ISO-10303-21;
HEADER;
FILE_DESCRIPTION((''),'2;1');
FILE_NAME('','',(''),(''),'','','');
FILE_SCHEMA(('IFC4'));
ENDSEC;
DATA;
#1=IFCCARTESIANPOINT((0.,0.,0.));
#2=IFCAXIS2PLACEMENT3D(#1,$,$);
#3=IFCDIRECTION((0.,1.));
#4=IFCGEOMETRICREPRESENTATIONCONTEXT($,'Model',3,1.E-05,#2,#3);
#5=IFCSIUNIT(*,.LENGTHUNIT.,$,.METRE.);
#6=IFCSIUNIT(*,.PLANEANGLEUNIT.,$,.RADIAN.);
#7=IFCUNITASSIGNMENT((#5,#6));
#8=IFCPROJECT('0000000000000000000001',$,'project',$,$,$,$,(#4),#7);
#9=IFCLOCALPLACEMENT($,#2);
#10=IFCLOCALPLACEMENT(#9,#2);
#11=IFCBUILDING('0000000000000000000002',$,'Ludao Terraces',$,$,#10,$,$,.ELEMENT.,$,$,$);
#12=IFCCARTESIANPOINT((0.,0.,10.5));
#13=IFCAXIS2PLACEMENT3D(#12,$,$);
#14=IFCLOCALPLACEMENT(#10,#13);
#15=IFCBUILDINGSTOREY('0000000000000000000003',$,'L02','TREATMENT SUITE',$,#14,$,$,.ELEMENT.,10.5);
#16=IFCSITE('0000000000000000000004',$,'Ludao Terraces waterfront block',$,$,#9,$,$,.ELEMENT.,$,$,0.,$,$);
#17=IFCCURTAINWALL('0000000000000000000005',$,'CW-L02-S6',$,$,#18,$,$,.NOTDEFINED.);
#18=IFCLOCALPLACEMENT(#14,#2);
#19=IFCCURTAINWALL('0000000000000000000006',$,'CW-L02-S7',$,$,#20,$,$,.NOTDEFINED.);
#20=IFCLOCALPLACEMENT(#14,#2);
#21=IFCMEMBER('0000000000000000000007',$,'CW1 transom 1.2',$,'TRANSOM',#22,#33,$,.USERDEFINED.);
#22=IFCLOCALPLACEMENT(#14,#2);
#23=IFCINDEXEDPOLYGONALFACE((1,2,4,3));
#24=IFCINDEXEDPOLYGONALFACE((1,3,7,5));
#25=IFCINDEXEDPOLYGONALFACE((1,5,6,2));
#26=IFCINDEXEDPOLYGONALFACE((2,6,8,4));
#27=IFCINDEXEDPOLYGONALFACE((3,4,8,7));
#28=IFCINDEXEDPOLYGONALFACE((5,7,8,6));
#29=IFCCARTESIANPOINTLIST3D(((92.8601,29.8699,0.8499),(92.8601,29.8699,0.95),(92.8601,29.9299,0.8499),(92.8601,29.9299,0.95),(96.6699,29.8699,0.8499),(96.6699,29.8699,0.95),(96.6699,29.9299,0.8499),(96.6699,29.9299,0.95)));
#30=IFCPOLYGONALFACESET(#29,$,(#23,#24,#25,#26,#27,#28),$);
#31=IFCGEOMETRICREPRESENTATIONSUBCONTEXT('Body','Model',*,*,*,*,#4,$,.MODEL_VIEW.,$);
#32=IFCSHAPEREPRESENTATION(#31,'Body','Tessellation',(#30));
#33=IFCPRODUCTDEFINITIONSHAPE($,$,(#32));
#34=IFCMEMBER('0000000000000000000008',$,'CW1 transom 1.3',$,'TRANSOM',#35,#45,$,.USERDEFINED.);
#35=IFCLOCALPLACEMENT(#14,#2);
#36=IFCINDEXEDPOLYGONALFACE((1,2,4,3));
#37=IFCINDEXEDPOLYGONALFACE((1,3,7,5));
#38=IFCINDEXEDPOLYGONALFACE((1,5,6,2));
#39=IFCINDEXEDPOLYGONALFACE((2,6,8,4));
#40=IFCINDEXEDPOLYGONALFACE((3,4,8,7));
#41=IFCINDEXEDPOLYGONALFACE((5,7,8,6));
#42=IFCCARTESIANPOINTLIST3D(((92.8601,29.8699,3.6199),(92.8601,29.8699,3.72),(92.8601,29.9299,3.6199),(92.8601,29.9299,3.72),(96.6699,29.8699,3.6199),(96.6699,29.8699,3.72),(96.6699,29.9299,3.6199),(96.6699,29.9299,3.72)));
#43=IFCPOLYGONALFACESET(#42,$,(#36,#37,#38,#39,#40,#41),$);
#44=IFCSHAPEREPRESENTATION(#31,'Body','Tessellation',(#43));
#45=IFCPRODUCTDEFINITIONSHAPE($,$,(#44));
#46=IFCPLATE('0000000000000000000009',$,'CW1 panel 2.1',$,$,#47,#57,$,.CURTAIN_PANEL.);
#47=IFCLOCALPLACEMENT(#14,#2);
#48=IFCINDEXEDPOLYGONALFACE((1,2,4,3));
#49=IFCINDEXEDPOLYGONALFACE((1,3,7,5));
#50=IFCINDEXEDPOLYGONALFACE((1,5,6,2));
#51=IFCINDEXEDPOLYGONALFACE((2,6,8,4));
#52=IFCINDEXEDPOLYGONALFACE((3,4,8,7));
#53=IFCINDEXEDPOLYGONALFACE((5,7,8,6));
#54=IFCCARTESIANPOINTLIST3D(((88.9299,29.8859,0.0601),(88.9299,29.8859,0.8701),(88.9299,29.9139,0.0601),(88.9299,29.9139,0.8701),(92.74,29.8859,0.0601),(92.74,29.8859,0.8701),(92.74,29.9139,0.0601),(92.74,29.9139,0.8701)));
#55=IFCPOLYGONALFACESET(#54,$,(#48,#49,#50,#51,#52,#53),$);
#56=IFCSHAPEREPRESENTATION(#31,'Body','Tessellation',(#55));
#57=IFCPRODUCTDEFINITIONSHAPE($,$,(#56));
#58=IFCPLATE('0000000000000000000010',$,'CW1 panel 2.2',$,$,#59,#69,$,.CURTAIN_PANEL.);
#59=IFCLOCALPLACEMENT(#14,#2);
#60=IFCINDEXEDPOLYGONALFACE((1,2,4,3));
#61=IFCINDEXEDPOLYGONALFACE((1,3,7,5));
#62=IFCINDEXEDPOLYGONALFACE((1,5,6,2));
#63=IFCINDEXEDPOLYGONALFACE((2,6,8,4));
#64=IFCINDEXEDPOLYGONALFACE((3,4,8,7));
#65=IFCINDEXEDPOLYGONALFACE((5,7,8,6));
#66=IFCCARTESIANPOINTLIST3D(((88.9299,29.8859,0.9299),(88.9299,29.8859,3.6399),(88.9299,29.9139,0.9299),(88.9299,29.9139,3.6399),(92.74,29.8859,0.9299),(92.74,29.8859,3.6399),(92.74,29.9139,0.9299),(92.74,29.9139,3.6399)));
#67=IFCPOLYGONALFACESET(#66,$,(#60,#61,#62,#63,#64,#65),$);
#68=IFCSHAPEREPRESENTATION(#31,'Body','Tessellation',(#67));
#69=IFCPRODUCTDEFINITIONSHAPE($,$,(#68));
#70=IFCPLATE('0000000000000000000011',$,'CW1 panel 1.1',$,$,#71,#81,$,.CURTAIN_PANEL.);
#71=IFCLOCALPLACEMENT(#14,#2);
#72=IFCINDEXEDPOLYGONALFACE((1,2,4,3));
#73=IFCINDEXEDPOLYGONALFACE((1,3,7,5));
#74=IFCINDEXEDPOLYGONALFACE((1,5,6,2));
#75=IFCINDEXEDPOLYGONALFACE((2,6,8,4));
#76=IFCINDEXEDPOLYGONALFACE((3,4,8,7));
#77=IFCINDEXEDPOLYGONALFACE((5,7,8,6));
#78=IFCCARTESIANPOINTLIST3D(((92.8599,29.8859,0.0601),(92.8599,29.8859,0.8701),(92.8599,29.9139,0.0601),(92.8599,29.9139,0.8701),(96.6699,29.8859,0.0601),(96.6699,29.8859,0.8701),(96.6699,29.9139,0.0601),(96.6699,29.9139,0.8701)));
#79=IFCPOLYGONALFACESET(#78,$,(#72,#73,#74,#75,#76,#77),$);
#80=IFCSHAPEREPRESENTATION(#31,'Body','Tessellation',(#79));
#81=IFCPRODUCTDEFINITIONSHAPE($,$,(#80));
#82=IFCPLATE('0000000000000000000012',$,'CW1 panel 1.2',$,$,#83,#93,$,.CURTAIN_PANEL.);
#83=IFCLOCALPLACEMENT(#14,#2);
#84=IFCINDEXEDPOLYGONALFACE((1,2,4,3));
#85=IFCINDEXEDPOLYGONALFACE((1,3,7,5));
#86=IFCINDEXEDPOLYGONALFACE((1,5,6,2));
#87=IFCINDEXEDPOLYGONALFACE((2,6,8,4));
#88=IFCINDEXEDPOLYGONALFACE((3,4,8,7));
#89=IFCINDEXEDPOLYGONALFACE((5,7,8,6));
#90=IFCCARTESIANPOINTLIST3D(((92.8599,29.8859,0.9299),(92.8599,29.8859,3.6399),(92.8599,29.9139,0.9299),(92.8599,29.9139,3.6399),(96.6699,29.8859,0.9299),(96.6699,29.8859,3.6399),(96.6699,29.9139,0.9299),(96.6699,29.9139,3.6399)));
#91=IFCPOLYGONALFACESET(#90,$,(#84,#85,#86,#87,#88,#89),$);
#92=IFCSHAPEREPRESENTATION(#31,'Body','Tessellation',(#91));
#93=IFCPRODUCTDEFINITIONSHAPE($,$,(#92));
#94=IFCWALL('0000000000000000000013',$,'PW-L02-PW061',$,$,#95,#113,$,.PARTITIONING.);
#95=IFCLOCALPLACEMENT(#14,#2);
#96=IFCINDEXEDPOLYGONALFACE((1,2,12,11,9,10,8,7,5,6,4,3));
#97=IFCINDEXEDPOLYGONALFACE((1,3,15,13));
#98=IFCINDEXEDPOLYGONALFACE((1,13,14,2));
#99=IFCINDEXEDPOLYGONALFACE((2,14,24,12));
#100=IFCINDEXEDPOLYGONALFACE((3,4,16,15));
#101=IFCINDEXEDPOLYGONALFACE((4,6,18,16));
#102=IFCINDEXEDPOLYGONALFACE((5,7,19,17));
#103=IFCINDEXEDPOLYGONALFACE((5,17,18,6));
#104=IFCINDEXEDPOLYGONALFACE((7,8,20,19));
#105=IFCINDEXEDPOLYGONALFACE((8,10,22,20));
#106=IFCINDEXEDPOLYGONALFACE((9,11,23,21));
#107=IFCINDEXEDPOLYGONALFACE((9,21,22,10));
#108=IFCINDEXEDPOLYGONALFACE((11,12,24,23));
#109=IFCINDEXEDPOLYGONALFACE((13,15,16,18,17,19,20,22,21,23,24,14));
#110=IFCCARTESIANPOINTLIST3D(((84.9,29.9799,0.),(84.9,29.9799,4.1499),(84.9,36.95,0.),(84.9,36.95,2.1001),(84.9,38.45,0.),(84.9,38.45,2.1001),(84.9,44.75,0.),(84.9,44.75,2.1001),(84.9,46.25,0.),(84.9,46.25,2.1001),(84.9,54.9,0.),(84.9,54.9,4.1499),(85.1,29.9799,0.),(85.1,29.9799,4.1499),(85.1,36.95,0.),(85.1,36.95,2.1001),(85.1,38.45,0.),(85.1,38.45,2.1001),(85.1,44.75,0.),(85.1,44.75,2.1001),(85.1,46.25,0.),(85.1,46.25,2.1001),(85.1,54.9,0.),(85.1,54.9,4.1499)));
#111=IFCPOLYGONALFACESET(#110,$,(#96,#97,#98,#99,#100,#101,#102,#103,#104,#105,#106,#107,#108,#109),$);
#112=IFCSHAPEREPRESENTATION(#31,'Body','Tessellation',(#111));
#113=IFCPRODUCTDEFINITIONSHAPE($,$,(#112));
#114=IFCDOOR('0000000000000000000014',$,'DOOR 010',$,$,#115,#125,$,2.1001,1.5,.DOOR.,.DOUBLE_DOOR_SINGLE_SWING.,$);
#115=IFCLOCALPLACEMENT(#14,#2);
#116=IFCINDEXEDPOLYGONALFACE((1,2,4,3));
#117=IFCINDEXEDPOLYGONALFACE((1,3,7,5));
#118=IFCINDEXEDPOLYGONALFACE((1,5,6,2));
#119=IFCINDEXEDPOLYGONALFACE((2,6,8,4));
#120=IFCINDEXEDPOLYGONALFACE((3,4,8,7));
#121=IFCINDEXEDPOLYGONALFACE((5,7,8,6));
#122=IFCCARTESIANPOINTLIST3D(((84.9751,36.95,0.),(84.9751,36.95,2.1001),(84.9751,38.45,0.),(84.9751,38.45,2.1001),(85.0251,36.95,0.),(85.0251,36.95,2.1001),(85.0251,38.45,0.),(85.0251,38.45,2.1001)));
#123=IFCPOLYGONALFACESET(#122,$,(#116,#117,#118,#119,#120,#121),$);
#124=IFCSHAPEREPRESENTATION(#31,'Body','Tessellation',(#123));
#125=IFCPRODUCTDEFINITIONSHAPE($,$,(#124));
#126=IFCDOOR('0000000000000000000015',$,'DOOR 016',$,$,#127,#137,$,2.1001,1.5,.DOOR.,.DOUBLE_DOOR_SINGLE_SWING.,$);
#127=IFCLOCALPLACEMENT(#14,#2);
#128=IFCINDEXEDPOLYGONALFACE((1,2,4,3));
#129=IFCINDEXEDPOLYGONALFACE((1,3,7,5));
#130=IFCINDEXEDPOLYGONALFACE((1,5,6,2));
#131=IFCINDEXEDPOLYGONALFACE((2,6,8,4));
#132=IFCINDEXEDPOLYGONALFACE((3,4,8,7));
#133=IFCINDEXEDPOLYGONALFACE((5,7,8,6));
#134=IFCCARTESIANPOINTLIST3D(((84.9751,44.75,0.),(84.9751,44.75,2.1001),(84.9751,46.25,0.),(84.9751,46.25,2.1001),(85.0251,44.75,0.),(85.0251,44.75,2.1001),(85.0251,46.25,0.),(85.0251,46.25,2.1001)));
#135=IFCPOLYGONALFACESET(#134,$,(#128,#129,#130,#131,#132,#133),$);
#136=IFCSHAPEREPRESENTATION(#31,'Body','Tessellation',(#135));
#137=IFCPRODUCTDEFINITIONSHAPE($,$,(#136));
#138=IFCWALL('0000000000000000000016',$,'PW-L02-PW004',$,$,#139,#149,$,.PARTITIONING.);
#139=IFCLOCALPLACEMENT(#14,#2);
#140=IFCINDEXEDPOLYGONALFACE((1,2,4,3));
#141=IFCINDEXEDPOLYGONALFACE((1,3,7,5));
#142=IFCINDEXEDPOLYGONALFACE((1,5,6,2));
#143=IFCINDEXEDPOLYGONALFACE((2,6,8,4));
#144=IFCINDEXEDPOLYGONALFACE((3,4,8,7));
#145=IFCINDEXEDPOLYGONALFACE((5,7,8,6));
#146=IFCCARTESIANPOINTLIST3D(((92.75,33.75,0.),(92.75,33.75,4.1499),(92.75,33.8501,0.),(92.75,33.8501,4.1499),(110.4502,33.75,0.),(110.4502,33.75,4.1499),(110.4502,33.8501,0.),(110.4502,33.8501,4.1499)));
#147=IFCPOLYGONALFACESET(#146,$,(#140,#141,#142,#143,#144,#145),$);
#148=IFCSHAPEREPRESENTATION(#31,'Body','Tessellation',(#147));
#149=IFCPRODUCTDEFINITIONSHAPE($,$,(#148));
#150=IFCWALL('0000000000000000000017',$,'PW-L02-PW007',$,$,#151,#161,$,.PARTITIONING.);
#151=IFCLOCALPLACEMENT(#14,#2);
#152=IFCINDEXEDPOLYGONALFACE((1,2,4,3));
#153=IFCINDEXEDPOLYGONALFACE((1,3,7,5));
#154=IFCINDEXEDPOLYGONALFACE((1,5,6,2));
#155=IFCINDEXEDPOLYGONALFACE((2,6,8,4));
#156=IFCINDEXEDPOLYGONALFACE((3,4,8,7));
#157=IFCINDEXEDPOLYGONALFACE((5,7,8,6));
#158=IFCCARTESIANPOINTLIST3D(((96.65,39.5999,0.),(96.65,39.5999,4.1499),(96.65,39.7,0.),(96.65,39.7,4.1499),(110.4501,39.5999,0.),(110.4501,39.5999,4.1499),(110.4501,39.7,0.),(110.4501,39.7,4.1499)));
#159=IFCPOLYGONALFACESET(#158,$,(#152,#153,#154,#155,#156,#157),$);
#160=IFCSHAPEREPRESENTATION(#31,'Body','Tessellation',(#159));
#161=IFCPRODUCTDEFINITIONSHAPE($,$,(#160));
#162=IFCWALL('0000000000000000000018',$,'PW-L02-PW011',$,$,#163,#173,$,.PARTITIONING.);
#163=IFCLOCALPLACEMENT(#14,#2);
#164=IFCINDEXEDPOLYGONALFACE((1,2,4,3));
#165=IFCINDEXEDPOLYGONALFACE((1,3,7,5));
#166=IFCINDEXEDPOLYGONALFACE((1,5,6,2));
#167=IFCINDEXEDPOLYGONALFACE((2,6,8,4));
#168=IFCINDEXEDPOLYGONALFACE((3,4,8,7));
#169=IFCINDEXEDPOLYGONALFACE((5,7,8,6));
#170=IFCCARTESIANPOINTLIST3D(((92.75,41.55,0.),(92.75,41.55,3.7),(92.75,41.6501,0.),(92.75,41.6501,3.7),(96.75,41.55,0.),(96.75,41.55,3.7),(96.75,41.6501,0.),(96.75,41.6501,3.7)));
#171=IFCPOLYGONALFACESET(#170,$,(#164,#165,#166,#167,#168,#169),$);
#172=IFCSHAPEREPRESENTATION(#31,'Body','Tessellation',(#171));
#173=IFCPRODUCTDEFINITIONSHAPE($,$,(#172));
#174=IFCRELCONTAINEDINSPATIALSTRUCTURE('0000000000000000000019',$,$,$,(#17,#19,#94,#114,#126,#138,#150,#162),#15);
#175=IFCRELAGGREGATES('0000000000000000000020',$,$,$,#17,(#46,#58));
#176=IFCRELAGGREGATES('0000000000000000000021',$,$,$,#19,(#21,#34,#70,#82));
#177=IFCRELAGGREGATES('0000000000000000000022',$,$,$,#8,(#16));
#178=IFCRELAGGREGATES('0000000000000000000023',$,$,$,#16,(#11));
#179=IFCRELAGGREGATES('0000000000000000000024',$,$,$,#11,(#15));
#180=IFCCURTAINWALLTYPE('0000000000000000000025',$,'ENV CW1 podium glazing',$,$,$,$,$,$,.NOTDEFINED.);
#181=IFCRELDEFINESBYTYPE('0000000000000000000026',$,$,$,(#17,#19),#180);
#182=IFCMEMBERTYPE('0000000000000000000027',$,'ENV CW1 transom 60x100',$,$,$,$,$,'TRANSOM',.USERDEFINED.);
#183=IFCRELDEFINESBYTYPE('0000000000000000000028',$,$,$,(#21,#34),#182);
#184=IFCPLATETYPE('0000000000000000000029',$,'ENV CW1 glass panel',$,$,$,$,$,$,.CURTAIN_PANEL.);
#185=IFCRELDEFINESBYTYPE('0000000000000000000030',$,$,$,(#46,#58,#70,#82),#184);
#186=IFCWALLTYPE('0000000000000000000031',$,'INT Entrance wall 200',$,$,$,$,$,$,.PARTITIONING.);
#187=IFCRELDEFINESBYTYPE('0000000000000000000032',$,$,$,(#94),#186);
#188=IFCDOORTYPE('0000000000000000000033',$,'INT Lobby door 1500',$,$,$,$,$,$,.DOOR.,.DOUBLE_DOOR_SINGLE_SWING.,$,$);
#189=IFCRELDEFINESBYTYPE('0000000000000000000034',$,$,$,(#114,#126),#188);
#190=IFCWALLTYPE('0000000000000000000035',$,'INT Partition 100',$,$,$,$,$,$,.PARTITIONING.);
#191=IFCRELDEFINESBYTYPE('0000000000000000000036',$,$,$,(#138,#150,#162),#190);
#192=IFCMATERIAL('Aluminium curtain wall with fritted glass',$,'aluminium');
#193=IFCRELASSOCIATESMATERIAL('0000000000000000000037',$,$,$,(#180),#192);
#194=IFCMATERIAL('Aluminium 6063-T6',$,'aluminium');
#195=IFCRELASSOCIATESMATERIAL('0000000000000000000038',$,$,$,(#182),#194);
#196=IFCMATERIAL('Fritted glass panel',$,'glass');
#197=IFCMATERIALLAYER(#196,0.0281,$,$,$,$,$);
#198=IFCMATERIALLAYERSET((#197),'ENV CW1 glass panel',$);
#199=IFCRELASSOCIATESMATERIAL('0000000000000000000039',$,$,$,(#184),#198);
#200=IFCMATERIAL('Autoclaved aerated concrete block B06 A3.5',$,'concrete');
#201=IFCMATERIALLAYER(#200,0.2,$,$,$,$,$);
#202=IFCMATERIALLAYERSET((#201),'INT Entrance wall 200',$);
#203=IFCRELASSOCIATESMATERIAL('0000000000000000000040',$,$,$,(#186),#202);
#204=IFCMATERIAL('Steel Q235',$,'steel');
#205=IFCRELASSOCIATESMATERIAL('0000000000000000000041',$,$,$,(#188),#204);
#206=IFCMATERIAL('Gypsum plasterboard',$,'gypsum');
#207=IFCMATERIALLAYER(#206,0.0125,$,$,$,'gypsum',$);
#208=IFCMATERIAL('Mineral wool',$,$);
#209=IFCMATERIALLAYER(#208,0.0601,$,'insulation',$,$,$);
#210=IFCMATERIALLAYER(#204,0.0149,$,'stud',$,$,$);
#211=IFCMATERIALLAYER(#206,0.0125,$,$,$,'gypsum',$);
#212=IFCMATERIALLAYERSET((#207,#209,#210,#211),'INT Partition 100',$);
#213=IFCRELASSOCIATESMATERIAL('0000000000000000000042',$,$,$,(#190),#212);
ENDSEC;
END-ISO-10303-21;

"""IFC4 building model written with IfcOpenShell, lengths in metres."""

from ifc_helpers import new_model, si_unit, direction, frame, frame_2d, origin, origin_2d, place, context, subcontext, project, spatial, rectangle, extrude, material, layer, layer_set, material_profile, profile_set, type_object, element, fill, aggregate, save


model = new_model("IFC4")

# Units and contexts
model_context = context("Model", 3, precision=1e-05, world=origin(), true_north=direction((0.0, 1.0)))
body_context = subcontext(model_context, "Body", "Model", "MODEL_VIEW")
ifc_project = project(units=[si_unit("LENGTHUNIT", "METRE"), si_unit("PLANEANGLEUNIT", "RADIAN")], contexts=[model_context])

# Site, building, storey
site_placement = place(None, origin())
site = spatial("IfcSite", under=ifc_project, at=site_placement, Name="Ludao Terraces waterfront block", CompositionType="ELEMENT", RefElevation=0.0)
building_placement = place(site_placement, origin())
building = spatial("IfcBuilding", under=site, at=building_placement, Name="Ludao Terraces", CompositionType="ELEMENT")
storey_placement = place(building_placement, frame((0.0, 0.0, 10.5)))
storey = spatial("IfcBuildingStorey", under=building, at=storey_placement, Name="L02", Description="TREATMENT SUITE", CompositionType="ELEMENT", Elevation=10.5)

# Curtain wall
ifc_material_1 = material(Name="Aluminium curtain wall with fritted glass", Category="aluminium")
curtain_wall_type = type_object("IfcCurtainWallType", Name="ENV CW1 podium glazing", PredefinedType="NOTDEFINED", material=ifc_material_1)
curtain_wall_1_placement = place(storey_placement, origin())
curtain_wall_1 = element("IfcCurtainWall", 1, at=curtain_wall_1_placement, inside=storey, type_object=curtain_wall_type, Name="CW-L02-S6", PredefinedType="NOTDEFINED")
ifc_material_2 = material(Name="Aluminium 6063-T6", Category="aluminium")

# Curtain wall, members
curtain_wall_2_placement = place(storey_placement, origin())
curtain_wall_2 = element("IfcCurtainWall", 2, at=curtain_wall_2_placement, inside=storey, type_object=curtain_wall_type, Name="CW-L02-S7", PredefinedType="NOTDEFINED")
ifc_material_profile_1 = material_profile(ifc_material_2, rectangle(XDim=0.0601, YDim=0.1001, at=origin_2d()), Name="60 X 100")
ifc_profile_set_1 = profile_set([ifc_material_profile_1], Name="Aluminium 6063-T6")
member_type_1 = type_object("IfcMemberType", Name="ENV CW1 transom 60x100", ElementType="TRANSOM", PredefinedType="USERDEFINED", material=ifc_profile_set_1)
member_1_placement = place(storey_placement, frame((92.8601, 29.8999, 0.8999), z_axis=(1.0, 0.0, 0.0), x_axis=(0.0, 1.0, 0.0)))
member_1 = element("IfcMember", 3, at=member_1_placement, type_object=member_type_1, Name="CW1 transom 1.2", ObjectType="TRANSOM", PredefinedType="USERDEFINED", context=body_context, shape_type="SweptSolid", body=[
    extrude(rectangle(XDim=0.0601, YDim=0.1001, at=origin_2d()), origin(), (0.0, 0.0, 1.0), 3.8098),
])
member_2_placement = place(storey_placement, frame((92.8601, 29.8999, 3.6699), z_axis=(1.0, 0.0, 0.0), x_axis=(0.0, 1.0, 0.0)))
member_2 = element("IfcMember", 4, at=member_2_placement, type_object=member_type_1, Name="CW1 transom 1.3", ObjectType="TRANSOM", PredefinedType="USERDEFINED", context=body_context, shape_type="SweptSolid", body=[
    extrude(rectangle(XDim=0.0601, YDim=0.1001, at=origin_2d()), origin(), (0.0, 0.0, 1.0), 3.8098),
])

# Plates
ifc_material_3 = material(Name="Fritted glass panel", Category="glass")
ifc_layer_1 = layer(ifc_material_3, 0.0281)
ifc_layer_set_1 = layer_set([ifc_layer_1], Name="ENV CW1 glass panel")
plate_type = type_object("IfcPlateType", Name="ENV CW1 glass panel", PredefinedType="CURTAIN_PANEL", material=ifc_layer_set_1)
plate_1_placement = place(storey_placement, frame((90.835, 29.8999, 0.0601), z_axis=(0.0, 0.0, 1.0), x_axis=(1.0, 0.0, 0.0)))
plate_1 = element("IfcPlate", 5, at=plate_1_placement, type_object=plate_type, Name="CW1 panel 2.1", PredefinedType="CURTAIN_PANEL", context=body_context, shape_type="SweptSolid", body=[
    extrude(rectangle(XDim=3.8101, YDim=0.0281, at=origin_2d()), origin(), (0.0, 0.0, 1.0), 0.8101),
])
plate_2_placement = place(storey_placement, frame((90.835, 29.8999, 0.9299), z_axis=(0.0, 0.0, 1.0), x_axis=(1.0, 0.0, 0.0)))
plate_2 = element("IfcPlate", 6, at=plate_2_placement, type_object=plate_type, Name="CW1 panel 2.2", PredefinedType="CURTAIN_PANEL", context=body_context, shape_type="SweptSolid", body=[
    extrude(rectangle(XDim=3.8101, YDim=0.0281, at=origin_2d()), origin(), (0.0, 0.0, 1.0), 2.71),
])
aggregate(curtain_wall_1, [plate_1, plate_2])
plate_3_placement = place(storey_placement, frame((94.7649, 29.8999, 0.0601), z_axis=(0.0, 0.0, 1.0), x_axis=(1.0, 0.0, 0.0)))
plate_3 = element("IfcPlate", 7, at=plate_3_placement, type_object=plate_type, Name="CW1 panel 1.1", PredefinedType="CURTAIN_PANEL", context=body_context, shape_type="SweptSolid", body=[
    extrude(rectangle(XDim=3.8101, YDim=0.0281, at=origin_2d()), origin(), (0.0, 0.0, 1.0), 0.8101),
])
plate_4_placement = place(storey_placement, frame((94.7649, 29.8999, 0.9299), z_axis=(0.0, 0.0, 1.0), x_axis=(1.0, 0.0, 0.0)))
plate_4 = element("IfcPlate", 8, at=plate_4_placement, type_object=plate_type, Name="CW1 panel 1.2", PredefinedType="CURTAIN_PANEL", context=body_context, shape_type="SweptSolid", body=[
    extrude(rectangle(XDim=3.8101, YDim=0.0281, at=origin_2d()), origin(), (0.0, 0.0, 1.0), 2.71),
])
aggregate(curtain_wall_2, [member_1, member_2, plate_3, plate_4])

# Wall, openings, doors
ifc_material_4 = material(Name="Autoclaved aerated concrete block B06 A3.5", Category="concrete")
ifc_layer_2 = layer(ifc_material_4, 0.2)
ifc_layer_set_2 = layer_set([ifc_layer_2], Name="INT Entrance wall 200")
wall_type_1 = type_object("IfcWallType", Name="INT Entrance wall 200", PredefinedType="PARTITIONING", material=ifc_layer_set_2)
wall_1_placement = place(storey_placement, frame((85.0, 29.98, 0.0), z_axis=(0.0, 0.0, 1.0), x_axis=(0.0, 1.0, 0.0)))
wall_1 = element("IfcWall", 9, at=wall_1_placement, inside=storey, type_object=wall_type_1, Name="PW-L02-PW061", PredefinedType="PARTITIONING", context=body_context, shape_type="SweptSolid", body=[
    extrude(rectangle(XDim=24.9202, YDim=0.2, at=frame_2d((12.46, 0.0))), origin(), (0.0, 0.0, 1.0), 4.1499),
])
opening_1_placement = place(wall_1_placement, frame((6.97, 0.0, 0.0)))
opening_1 = element("IfcOpeningElement", 10, at=opening_1_placement, cuts=wall_1, PredefinedType="OPENING", context=body_context, shape_type="SweptSolid", body=[
    extrude(rectangle(XDim=1.5, YDim=2.1001, at=frame_2d((0.75, 1.05))), frame((0.0, 0.1099, 0.0), z_axis=(0.0, -1.0, 0.0), x_axis=(1.0, 0.0, 0.0)), (0.0, 0.0, 1.0), 0.22),
])
opening_2_placement = place(wall_1_placement, frame((14.77, 0.0, 0.0)))
opening_2 = element("IfcOpeningElement", 11, at=opening_2_placement, cuts=wall_1, PredefinedType="OPENING", context=body_context, shape_type="SweptSolid", body=[
    extrude(rectangle(XDim=1.5, YDim=2.1001, at=frame_2d((0.75, 1.05))), frame((0.0, 0.1099, 0.0), z_axis=(0.0, -1.0, 0.0), x_axis=(1.0, 0.0, 0.0)), (0.0, 0.0, 1.0), 0.22),
])
ifc_material_5 = material(Name="Steel Q235", Category="steel")
door_type_1 = type_object("IfcDoorType", Name="INT Lobby door 1500", OperationType="DOUBLE_DOOR_SINGLE_SWING", PredefinedType="DOOR", material=ifc_material_5)
door_1_placement = place(opening_1_placement, origin())
door_1 = element("IfcDoor", 12, at=door_1_placement, inside=storey, type_object=door_type_1, Name="DOOR 010", OperationType="DOUBLE_DOOR_SINGLE_SWING", OverallHeight=2.1001, OverallWidth=1.5, PredefinedType="DOOR", context=body_context, shape_type="SweptSolid", body=[
    extrude(rectangle(XDim=1.5, YDim=2.1001, at=frame_2d((0.75, 1.05))), frame((0.0, 0.0249, 0.0), z_axis=(0.0, -1.0, 0.0), x_axis=(1.0, 0.0, 0.0)), (0.0, 0.0, 1.0), 0.05),
])
fill(opening_1, door_1)
door_2_placement = place(opening_2_placement, origin())
door_2 = element("IfcDoor", 13, at=door_2_placement, inside=storey, type_object=door_type_1, Name="DOOR 016", OperationType="DOUBLE_DOOR_SINGLE_SWING", OverallHeight=2.1001, OverallWidth=1.5, PredefinedType="DOOR", context=body_context, shape_type="SweptSolid", body=[
    extrude(rectangle(XDim=1.5, YDim=2.1001, at=frame_2d((0.75, 1.05))), frame((0.0, 0.0249, 0.0), z_axis=(0.0, -1.0, 0.0), x_axis=(1.0, 0.0, 0.0)), (0.0, 0.0, 1.0), 0.05),
])
fill(opening_2, door_2)

# Walls
ifc_material_6 = material(Name="Gypsum plasterboard", Category="gypsum")
ifc_layer_3 = layer(ifc_material_6, 0.0125, Category="gypsum")
ifc_material_7 = material(Name="Mineral wool")
ifc_layer_4 = layer(ifc_material_7, 0.0601, Name="insulation")
ifc_layer_5 = layer(ifc_material_5, 0.0149, Name="stud")
ifc_layer_6 = layer(ifc_material_6, 0.0125, Category="gypsum")
ifc_layer_set_3 = layer_set([ifc_layer_3, ifc_layer_4, ifc_layer_5, ifc_layer_6], Name="INT Partition 100")
wall_type_2 = type_object("IfcWallType", Name="INT Partition 100", PredefinedType="PARTITIONING", material=ifc_layer_set_3)
wall_2_placement = place(storey_placement, frame((92.75, 33.8, 0.0), z_axis=(0.0, 0.0, 1.0), x_axis=(1.0, 0.0, 0.0)))
element("IfcWall", 14, at=wall_2_placement, inside=storey, type_object=wall_type_2, Name="PW-L02-PW004", PredefinedType="PARTITIONING", context=body_context, shape_type="SweptSolid", body=[
    extrude(rectangle(XDim=17.7002, YDim=0.1001, at=frame_2d((8.8501, 0.0))), origin(), (0.0, 0.0, 1.0), 4.1499),
])
wall_3_placement = place(storey_placement, frame((96.6501, 39.6499, 0.0), z_axis=(0.0, 0.0, 1.0), x_axis=(1.0, 0.0, 0.0)))
element("IfcWall", 15, at=wall_3_placement, inside=storey, type_object=wall_type_2, Name="PW-L02-PW007", PredefinedType="PARTITIONING", context=body_context, shape_type="SweptSolid", body=[
    extrude(rectangle(XDim=13.8, YDim=0.1001, at=frame_2d((6.8999, 0.0))), origin(), (0.0, 0.0, 1.0), 4.1499),
])
wall_4_placement = place(storey_placement, frame((92.75, 41.6001, 0.0), z_axis=(0.0, 0.0, 1.0), x_axis=(1.0, 0.0, 0.0)))
element("IfcWall", 16, at=wall_4_placement, inside=storey, type_object=wall_type_2, Name="PW-L02-PW011", PredefinedType="PARTITIONING", context=body_context, shape_type="SweptSolid", body=[
    extrude(rectangle(XDim=4.0, YDim=0.1001, at=frame_2d((2.0, 0.0))), origin(), (0.0, 0.0, 1.0), 3.7),
])

save(model, "model.ifc")
